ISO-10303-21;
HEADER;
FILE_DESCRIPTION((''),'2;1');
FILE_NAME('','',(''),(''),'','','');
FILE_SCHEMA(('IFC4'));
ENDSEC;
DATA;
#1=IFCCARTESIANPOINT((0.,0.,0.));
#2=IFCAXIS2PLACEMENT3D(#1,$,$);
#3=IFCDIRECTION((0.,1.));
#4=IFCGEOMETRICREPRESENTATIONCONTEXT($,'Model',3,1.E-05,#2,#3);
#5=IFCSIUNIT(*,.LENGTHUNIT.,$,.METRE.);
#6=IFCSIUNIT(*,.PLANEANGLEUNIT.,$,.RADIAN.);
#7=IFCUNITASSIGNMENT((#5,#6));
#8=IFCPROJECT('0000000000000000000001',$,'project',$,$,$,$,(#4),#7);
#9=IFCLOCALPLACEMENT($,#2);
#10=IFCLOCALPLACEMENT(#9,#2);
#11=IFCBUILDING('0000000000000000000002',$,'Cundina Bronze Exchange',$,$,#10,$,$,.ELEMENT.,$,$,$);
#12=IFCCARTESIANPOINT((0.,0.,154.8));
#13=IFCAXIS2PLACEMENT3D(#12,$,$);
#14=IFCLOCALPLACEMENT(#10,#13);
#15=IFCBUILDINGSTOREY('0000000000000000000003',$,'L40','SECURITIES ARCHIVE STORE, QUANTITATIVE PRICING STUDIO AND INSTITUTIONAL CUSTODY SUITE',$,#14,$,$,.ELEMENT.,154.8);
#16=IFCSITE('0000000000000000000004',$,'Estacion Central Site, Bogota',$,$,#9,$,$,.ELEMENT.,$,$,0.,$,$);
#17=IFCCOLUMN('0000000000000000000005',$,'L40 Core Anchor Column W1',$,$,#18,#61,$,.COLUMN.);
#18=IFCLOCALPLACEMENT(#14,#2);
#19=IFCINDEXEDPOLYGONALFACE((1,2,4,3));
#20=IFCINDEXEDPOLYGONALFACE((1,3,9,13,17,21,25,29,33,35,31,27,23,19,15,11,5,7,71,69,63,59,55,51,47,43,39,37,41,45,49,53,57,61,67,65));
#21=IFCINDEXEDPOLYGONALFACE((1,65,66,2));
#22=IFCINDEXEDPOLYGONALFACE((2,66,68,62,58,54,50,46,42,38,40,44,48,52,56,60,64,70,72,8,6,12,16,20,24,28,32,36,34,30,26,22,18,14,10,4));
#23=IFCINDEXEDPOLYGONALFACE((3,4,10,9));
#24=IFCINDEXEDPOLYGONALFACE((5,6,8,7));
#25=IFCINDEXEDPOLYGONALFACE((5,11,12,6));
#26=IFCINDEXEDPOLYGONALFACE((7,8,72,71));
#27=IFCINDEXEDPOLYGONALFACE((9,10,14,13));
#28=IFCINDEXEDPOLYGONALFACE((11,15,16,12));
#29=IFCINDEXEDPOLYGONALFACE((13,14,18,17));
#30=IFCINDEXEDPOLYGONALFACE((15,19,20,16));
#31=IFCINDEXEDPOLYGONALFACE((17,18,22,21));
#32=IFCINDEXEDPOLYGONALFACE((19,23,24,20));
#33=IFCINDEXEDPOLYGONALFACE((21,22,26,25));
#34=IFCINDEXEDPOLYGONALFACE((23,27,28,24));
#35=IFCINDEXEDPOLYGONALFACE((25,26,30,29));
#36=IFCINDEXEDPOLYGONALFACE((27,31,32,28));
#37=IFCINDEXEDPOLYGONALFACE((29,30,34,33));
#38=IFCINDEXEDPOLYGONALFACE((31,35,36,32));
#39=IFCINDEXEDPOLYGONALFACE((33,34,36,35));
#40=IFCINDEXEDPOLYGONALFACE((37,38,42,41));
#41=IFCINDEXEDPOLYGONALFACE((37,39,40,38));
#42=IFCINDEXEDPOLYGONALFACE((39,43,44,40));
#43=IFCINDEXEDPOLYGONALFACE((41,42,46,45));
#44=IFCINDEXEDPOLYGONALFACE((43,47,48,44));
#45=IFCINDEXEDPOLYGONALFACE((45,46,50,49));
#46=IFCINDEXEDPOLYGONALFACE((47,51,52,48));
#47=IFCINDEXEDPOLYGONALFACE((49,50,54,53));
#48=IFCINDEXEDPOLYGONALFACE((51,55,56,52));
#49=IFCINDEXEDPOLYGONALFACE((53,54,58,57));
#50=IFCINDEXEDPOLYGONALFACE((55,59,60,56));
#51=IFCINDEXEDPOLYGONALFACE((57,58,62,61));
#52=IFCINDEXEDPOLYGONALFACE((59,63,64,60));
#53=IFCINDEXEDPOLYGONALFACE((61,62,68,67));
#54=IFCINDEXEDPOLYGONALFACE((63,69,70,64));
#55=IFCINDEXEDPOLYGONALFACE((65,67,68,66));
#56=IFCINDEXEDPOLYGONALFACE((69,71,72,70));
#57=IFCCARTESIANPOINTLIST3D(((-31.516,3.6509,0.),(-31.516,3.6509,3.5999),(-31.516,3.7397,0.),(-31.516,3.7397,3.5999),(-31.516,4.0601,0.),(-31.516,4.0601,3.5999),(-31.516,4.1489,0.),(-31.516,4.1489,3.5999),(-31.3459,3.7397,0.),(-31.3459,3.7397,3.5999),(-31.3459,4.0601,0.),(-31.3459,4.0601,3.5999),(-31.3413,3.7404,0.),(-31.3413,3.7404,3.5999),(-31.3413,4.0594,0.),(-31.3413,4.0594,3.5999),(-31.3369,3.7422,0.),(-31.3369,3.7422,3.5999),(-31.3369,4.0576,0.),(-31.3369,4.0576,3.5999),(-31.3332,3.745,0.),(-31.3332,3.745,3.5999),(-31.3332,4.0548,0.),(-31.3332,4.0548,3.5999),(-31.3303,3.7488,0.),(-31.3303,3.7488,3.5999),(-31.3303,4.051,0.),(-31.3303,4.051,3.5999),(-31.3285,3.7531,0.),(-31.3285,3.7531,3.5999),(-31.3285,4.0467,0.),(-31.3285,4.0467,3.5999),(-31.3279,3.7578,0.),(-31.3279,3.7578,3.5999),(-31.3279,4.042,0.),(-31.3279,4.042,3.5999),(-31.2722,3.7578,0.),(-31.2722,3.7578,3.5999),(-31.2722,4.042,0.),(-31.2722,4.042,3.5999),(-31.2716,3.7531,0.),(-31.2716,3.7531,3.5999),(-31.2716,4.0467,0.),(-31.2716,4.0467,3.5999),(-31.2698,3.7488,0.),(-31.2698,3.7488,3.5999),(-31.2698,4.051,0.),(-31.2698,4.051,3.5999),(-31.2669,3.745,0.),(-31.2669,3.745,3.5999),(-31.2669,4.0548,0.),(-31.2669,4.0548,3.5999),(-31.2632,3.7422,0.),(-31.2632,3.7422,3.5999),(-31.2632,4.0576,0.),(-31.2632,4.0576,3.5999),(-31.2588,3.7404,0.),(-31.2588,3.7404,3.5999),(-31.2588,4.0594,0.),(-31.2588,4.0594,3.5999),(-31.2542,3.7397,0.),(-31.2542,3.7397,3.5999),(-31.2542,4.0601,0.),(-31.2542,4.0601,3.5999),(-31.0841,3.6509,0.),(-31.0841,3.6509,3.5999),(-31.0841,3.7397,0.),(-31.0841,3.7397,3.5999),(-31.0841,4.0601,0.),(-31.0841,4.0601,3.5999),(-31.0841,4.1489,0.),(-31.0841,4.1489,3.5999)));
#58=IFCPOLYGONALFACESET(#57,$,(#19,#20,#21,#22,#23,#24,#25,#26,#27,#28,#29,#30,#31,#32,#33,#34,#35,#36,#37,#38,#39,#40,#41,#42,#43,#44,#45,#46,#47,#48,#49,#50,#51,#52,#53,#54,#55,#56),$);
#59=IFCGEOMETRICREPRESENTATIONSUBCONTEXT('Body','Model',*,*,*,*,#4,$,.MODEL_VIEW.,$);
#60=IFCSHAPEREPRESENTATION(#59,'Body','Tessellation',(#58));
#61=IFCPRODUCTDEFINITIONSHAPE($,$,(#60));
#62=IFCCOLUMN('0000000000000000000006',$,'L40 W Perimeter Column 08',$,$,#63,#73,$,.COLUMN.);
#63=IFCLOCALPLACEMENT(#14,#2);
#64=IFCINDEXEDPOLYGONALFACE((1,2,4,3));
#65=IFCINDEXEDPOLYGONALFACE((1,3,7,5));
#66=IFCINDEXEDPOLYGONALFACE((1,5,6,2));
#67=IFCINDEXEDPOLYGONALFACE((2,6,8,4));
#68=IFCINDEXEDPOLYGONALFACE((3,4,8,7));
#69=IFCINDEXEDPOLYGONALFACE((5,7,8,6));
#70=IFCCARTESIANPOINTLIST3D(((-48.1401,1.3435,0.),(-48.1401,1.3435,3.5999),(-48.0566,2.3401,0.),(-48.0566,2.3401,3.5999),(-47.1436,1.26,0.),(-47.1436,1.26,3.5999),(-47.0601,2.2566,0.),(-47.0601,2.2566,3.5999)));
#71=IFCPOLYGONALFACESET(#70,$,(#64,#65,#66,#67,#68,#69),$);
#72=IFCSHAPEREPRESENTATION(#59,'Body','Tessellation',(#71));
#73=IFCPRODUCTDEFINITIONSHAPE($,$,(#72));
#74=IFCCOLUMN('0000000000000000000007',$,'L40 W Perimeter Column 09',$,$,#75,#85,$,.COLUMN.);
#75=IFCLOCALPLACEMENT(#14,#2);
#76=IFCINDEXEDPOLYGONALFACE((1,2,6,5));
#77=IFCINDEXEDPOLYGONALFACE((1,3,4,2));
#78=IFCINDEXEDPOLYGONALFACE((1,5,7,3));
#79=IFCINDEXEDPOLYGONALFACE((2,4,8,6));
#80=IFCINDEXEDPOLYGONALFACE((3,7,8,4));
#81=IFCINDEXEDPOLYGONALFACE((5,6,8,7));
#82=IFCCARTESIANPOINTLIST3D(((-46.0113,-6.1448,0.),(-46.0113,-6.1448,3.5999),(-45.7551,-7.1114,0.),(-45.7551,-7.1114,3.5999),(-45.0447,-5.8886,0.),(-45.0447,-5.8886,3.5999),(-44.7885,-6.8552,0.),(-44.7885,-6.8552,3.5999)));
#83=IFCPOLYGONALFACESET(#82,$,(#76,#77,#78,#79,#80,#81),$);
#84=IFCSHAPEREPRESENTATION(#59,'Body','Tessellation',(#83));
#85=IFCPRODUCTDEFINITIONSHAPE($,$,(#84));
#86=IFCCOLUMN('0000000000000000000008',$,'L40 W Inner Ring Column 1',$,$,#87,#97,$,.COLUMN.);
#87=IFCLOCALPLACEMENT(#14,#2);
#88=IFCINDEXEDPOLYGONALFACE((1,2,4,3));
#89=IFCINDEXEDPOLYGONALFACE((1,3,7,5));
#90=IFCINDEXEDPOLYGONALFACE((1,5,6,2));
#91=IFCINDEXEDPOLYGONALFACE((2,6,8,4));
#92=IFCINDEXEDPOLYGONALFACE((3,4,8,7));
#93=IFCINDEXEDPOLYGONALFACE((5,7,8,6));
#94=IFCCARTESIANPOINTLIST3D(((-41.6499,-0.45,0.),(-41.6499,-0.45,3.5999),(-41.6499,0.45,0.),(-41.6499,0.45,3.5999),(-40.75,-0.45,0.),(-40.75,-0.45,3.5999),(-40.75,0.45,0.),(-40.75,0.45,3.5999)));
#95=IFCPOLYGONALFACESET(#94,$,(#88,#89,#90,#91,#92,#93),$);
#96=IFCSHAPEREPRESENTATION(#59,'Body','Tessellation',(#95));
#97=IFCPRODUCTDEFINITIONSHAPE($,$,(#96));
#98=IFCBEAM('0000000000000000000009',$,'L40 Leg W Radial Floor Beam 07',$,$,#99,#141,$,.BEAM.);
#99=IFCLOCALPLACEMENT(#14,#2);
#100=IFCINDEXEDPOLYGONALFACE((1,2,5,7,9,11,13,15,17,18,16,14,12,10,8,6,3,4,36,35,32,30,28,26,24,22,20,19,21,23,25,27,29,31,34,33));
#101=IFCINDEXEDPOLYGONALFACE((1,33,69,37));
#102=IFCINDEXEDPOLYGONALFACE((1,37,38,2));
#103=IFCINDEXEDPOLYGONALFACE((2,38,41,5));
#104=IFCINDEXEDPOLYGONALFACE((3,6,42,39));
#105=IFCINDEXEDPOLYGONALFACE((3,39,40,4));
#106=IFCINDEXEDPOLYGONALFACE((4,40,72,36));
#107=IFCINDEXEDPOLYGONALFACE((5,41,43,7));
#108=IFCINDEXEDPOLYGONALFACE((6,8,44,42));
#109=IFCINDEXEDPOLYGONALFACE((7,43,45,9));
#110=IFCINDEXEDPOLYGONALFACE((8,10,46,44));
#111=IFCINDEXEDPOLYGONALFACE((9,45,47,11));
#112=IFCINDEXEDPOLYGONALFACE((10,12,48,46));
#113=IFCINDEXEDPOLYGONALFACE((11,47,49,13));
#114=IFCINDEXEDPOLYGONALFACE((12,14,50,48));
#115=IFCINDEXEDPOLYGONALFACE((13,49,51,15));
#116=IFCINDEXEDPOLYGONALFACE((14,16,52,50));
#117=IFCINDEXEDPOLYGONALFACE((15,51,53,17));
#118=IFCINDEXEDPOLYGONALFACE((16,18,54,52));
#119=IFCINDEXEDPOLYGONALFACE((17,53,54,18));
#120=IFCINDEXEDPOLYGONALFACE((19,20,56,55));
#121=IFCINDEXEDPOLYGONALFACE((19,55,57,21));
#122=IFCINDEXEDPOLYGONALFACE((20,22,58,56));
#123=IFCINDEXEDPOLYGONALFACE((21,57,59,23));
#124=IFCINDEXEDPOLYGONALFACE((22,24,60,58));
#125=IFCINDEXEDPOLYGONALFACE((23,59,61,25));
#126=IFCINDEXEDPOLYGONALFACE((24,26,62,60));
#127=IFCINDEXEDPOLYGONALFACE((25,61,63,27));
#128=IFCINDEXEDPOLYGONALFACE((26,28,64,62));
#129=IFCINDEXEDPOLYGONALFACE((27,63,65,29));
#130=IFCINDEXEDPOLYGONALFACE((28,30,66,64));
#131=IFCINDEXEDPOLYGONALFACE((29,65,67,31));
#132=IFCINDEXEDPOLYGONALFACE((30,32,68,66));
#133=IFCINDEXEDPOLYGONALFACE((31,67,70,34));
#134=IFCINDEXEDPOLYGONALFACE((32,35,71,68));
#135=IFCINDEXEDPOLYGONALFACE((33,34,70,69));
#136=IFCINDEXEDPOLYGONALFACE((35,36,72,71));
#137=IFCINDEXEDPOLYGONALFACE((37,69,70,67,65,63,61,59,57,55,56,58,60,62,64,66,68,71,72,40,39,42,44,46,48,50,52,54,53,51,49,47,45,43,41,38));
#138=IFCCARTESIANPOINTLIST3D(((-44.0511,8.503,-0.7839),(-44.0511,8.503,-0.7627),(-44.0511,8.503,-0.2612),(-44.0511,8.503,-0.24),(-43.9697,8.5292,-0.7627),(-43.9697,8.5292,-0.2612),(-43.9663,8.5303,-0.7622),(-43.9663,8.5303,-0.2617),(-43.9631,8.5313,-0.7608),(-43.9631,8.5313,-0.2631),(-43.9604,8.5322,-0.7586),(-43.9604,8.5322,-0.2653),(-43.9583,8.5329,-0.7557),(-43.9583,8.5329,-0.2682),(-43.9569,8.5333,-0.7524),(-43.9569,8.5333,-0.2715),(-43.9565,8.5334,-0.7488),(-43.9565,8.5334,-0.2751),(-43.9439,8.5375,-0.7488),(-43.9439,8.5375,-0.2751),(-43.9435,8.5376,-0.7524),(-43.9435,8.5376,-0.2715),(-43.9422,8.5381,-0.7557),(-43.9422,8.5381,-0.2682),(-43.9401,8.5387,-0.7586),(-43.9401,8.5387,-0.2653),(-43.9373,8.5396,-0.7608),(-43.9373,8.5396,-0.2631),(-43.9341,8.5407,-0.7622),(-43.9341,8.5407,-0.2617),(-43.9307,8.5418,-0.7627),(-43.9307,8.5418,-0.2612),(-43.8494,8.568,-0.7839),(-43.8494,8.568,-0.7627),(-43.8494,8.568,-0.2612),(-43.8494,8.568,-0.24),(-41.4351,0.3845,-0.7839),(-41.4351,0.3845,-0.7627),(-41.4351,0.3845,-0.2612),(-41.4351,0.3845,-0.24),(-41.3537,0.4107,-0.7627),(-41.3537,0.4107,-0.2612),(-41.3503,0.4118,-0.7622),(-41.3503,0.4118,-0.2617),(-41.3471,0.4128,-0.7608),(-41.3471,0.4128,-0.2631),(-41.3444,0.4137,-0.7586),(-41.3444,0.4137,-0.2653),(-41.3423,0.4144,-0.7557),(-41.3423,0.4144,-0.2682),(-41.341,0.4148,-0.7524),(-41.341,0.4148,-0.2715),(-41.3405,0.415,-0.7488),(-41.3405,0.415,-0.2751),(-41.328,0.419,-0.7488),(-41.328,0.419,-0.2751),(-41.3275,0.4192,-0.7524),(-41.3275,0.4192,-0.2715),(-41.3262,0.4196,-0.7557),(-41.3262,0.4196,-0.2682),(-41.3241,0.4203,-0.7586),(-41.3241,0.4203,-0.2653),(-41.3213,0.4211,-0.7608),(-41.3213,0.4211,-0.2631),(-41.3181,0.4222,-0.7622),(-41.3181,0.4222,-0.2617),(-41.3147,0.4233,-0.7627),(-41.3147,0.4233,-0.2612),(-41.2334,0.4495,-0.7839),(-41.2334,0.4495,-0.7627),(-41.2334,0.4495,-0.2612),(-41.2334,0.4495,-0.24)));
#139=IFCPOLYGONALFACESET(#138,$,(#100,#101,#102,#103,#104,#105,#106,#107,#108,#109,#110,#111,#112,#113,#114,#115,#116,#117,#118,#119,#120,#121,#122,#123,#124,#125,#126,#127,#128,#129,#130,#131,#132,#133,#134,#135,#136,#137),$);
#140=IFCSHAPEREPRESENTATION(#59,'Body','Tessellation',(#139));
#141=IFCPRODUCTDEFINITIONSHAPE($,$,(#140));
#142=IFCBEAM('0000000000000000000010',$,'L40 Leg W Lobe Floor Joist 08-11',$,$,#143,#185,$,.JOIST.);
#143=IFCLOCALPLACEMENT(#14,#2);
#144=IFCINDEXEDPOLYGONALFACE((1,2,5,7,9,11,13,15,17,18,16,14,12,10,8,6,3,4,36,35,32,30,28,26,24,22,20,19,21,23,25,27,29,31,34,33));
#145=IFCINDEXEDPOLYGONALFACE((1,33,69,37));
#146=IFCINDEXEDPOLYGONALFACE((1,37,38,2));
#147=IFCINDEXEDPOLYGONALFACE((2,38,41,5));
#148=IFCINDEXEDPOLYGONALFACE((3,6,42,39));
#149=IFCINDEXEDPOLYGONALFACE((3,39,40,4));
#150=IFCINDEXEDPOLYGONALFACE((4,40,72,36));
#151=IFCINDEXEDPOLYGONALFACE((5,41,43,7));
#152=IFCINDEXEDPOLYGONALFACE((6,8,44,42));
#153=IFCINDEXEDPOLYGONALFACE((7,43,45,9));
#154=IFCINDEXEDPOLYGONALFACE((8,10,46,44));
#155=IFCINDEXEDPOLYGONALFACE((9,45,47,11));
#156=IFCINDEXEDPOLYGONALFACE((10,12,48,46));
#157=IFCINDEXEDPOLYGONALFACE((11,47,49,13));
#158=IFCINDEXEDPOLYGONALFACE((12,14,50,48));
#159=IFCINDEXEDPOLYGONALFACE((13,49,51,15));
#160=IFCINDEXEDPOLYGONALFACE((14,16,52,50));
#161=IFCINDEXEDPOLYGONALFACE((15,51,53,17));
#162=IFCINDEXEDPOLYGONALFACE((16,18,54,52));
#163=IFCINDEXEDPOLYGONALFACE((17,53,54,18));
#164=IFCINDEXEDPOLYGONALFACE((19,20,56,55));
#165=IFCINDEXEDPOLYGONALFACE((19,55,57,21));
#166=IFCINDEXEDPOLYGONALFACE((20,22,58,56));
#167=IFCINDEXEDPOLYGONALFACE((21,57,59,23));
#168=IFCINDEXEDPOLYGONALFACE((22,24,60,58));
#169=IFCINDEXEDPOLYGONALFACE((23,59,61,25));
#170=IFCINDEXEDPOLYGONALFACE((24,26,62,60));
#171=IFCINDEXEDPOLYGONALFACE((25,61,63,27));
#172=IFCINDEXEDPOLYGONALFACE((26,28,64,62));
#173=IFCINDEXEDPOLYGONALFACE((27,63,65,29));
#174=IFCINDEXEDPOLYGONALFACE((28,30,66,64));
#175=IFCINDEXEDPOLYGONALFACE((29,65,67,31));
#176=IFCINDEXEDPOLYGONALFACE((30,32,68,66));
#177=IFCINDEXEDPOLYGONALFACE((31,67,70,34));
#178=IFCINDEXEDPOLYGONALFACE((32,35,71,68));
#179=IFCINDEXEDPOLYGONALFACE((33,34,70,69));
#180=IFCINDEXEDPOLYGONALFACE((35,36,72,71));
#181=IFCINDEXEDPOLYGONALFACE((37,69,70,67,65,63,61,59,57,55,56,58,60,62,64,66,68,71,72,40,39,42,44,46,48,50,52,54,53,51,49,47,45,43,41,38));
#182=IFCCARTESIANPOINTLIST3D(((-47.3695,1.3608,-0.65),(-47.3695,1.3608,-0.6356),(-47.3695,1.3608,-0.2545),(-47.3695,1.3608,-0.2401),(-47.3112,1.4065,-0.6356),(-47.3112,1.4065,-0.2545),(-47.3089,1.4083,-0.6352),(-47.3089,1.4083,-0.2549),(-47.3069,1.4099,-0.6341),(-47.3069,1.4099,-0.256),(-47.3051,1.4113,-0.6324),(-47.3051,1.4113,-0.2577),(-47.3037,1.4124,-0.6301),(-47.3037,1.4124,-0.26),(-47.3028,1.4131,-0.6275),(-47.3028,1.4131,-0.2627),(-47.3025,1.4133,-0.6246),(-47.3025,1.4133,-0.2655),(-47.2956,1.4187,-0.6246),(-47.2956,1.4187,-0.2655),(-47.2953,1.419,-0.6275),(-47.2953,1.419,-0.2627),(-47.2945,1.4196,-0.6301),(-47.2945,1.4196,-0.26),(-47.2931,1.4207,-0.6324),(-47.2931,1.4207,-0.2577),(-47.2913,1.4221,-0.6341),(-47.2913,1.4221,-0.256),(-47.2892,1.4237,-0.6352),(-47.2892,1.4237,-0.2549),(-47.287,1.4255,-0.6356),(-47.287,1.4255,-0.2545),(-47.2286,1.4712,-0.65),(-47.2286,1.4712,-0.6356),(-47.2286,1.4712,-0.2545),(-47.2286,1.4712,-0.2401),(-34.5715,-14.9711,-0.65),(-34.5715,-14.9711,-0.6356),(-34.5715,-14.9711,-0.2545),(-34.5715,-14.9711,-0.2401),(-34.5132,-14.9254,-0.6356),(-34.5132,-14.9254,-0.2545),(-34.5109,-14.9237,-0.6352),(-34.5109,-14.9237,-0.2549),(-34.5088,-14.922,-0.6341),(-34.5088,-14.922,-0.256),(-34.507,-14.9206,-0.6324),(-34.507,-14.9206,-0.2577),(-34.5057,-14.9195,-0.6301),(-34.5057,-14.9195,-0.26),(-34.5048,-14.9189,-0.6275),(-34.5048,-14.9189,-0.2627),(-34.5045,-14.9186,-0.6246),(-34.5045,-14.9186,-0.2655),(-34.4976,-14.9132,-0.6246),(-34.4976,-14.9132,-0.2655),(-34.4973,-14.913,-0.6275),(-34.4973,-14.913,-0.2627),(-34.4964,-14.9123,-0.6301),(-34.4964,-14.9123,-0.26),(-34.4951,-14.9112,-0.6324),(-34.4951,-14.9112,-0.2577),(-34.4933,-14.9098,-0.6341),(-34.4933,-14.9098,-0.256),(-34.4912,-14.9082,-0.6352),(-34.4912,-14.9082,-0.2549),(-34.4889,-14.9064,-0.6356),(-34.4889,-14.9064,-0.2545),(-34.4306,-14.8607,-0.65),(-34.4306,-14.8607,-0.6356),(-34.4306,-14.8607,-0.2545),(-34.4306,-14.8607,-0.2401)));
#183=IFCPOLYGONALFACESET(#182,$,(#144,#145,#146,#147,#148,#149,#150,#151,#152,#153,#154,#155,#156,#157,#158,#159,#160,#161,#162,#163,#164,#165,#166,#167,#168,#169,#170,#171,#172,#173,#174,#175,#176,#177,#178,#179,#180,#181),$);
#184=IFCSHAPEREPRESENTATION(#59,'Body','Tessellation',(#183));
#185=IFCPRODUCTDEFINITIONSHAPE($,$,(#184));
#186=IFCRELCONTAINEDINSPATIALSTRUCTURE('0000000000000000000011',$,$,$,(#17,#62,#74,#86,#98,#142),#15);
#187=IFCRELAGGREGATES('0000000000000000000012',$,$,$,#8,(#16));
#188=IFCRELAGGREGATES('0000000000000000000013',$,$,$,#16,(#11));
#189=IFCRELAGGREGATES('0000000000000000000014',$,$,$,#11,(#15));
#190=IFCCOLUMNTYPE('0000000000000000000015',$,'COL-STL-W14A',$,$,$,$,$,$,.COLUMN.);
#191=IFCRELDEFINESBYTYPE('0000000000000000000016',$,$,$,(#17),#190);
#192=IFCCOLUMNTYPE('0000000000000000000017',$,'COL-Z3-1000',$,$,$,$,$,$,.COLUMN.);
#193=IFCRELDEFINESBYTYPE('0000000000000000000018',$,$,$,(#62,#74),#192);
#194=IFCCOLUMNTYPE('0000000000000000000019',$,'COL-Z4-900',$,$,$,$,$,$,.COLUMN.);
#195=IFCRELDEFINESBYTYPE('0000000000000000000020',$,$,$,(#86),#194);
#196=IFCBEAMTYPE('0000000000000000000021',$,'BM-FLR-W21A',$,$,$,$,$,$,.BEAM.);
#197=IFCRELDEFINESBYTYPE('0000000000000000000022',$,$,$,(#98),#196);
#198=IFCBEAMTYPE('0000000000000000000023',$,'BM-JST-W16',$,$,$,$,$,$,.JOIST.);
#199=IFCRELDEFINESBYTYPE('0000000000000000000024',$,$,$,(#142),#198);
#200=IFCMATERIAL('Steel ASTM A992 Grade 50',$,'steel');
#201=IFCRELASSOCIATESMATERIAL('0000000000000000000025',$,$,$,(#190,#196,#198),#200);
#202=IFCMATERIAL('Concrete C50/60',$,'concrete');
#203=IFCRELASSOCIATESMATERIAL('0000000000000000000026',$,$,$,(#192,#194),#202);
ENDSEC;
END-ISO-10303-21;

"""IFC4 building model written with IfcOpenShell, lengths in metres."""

from ifc_helpers import new_model, si_unit, direction, frame, origin, origin_2d, place, context, subcontext, project, spatial, rectangle, i_section, extrude, material, material_profile, profile_set, type_object, element, save


model = new_model("IFC4")

# Units and contexts
model_context = context("Model", 3, precision=1e-05, world=origin(), true_north=direction((0.0, 1.0)))
body_context = subcontext(model_context, "Body", "Model", "MODEL_VIEW")
ifc_project = project(units=[si_unit("LENGTHUNIT", "METRE"), si_unit("PLANEANGLEUNIT", "RADIAN")], contexts=[model_context])

# Site, building, storey
site_placement = place(None, origin())
site = spatial("IfcSite", under=ifc_project, at=site_placement, Name="Estacion Central Site, Bogota", CompositionType="ELEMENT", RefElevation=0.0)
building_placement = place(site_placement, origin())
building = spatial("IfcBuilding", under=site, at=building_placement, Name="Cundina Bronze Exchange", CompositionType="ELEMENT")
storey_placement = place(building_placement, frame((0.0, 0.0, 154.8)))
storey = spatial("IfcBuildingStorey", under=building, at=storey_placement, Name="L40", Description="SECURITIES ARCHIVE STORE, QUANTITATIVE PRICING STUDIO AND INSTITUTIONAL CUSTODY SUITE", CompositionType="ELEMENT", Elevation=154.8)

# Columns
ifc_material_1 = material(Name="Steel ASTM A992 Grade 50", Category="steel")
ifc_material_profile_1 = material_profile(ifc_material_1, i_section(OverallWidth=0.4319, OverallDepth=0.498, WebThickness=0.0557, FlangeThickness=0.0889, FilletRadius=0.0181, at=origin_2d()), Name="W14X500", Category="steel")
ifc_profile_set_1 = profile_set([ifc_material_profile_1], Name="Steel ASTM A992 Grade 50")
column_type_1 = type_object("IfcColumnType", Name="COL-STL-W14A", PredefinedType="COLUMN", material=ifc_profile_set_1)
column_1_placement = place(storey_placement, frame((-31.3, 3.8999, 0.0), z_axis=(0.0, 0.0, 1.0), x_axis=(1.0, 0.0, 0.0)))
element("IfcColumn", 1, at=column_1_placement, inside=storey, type_object=column_type_1, Name="L40 Core Anchor Column W1", PredefinedType="COLUMN", context=body_context, shape_type="SweptSolid", body=[
    extrude(i_section(OverallWidth=0.4319, OverallDepth=0.498, WebThickness=0.0557, FlangeThickness=0.0889, FilletRadius=0.0181, at=origin_2d()), origin(), (0.0, 0.0, 1.0), 3.5999),
])
ifc_material_2 = material(Name="Concrete C50/60", Category="concrete")
ifc_material_profile_2 = material_profile(ifc_material_2, rectangle(XDim=1.0, YDim=1.0, at=origin_2d()), Name="RC1000X1000", Category="concrete")
ifc_profile_set_2 = profile_set([ifc_material_profile_2], Name="Concrete C50/60")
column_type_2 = type_object("IfcColumnType", Name="COL-Z3-1000", PredefinedType="COLUMN", material=ifc_profile_set_2)
for number, where, z_axis, x_axis, name in (
    (2, (-47.6001, 1.8, 0.0), (0.0, 0.0, 1.0), (-0.083504, -0.996507, 0.0), "L40 W Perimeter Column 08"),
    (3, (-45.3999, -6.5, 0.0), (0.0, 0.0, 1.0), (0.256289, -0.9666, 0.0), "L40 W Perimeter Column 09"),
):
    element("IfcColumn", number, at=place(storey_placement, frame(where, z_axis=z_axis, x_axis=x_axis)), inside=storey, type_object=column_type_2, Name=name, PredefinedType="COLUMN", context=body_context, shape_type="SweptSolid", body=[
        extrude(rectangle(XDim=1.0, YDim=1.0, at=origin_2d()), origin(), (0.0, 0.0, 1.0), 3.5999),
    ])
ifc_material_profile_3 = material_profile(ifc_material_2, rectangle(XDim=0.8999, YDim=0.8999, at=origin_2d()), Name="RC900X900", Category="concrete")
ifc_profile_set_3 = profile_set([ifc_material_profile_3], Name="Concrete C50/60")
column_type_3 = type_object("IfcColumnType", Name="COL-Z4-900", PredefinedType="COLUMN", material=ifc_profile_set_3)
column_2_placement = place(storey_placement, frame((-41.2, 0.0, 0.0), z_axis=(0.0, 0.0, 1.0), x_axis=(1.0, 0.0, 0.0)))
element("IfcColumn", 4, at=column_2_placement, inside=storey, type_object=column_type_3, Name="L40 W Inner Ring Column 1", PredefinedType="COLUMN", context=body_context, shape_type="SweptSolid", body=[
    extrude(rectangle(XDim=0.8999, YDim=0.8999, at=origin_2d()), origin(), (0.0, 0.0, 1.0), 3.5999),
])

# Beams
ifc_material_profile_4 = material_profile(ifc_material_1, i_section(OverallWidth=0.2119, OverallDepth=0.5439, WebThickness=0.0132, FlangeThickness=0.0212, FilletRadius=0.0139, at=origin_2d()), Name="W21X83", Category="steel")
ifc_profile_set_4 = profile_set([ifc_material_profile_4], Name="Steel ASTM A992 Grade 50")
beam_type_1 = type_object("IfcBeamType", Name="BM-FLR-W21A", PredefinedType="BEAM", material=ifc_profile_set_4)
beam_1_placement = place(storey_placement, frame((-41.3342, 0.417, -0.512), z_axis=(-0.306698, 0.951807, 0.0), x_axis=(-0.951807, -0.306698, 0.0)))
element("IfcBeam", 5, at=beam_1_placement, inside=storey, type_object=beam_type_1, Name="L40 Leg W Radial Floor Beam 07", PredefinedType="BEAM", context=body_context, shape_type="SweptSolid", body=[
    extrude(i_section(OverallWidth=0.2119, OverallDepth=0.5439, WebThickness=0.0132, FlangeThickness=0.0212, FilletRadius=0.0139, at=origin_2d()), origin(), (0.0, 0.0, 1.0), 8.5295),
])
ifc_material_profile_5 = material_profile(ifc_material_1, i_section(OverallWidth=0.179, OverallDepth=0.4099, WebThickness=0.0088, FlangeThickness=0.0144, FilletRadius=0.011, at=origin_2d()), Name="W16X45", Category="steel")
ifc_profile_set_5 = profile_set([ifc_material_profile_5], Name="Steel ASTM A992 Grade 50")
beam_type_2 = type_object("IfcBeamType", Name="BM-JST-W16", PredefinedType="JOIST", material=ifc_profile_set_5)
beam_2_placement = place(storey_placement, frame((-47.2991, 1.416, -0.4451), z_axis=(0.616801, -0.787119, 0.0), x_axis=(0.787119, 0.616801, 0.0)))
element("IfcBeam", 6, at=beam_2_placement, inside=storey, type_object=beam_type_2, Name="L40 Leg W Lobe Floor Joist 08-11", PredefinedType="JOIST", context=body_context, shape_type="SweptSolid", body=[
    extrude(i_section(OverallWidth=0.179, OverallDepth=0.4099, WebThickness=0.0088, FlangeThickness=0.0144, FilletRadius=0.011, at=origin_2d()), origin(), (0.0, 0.0, 1.0), 20.749),
])

save(model, "model.ifc")
